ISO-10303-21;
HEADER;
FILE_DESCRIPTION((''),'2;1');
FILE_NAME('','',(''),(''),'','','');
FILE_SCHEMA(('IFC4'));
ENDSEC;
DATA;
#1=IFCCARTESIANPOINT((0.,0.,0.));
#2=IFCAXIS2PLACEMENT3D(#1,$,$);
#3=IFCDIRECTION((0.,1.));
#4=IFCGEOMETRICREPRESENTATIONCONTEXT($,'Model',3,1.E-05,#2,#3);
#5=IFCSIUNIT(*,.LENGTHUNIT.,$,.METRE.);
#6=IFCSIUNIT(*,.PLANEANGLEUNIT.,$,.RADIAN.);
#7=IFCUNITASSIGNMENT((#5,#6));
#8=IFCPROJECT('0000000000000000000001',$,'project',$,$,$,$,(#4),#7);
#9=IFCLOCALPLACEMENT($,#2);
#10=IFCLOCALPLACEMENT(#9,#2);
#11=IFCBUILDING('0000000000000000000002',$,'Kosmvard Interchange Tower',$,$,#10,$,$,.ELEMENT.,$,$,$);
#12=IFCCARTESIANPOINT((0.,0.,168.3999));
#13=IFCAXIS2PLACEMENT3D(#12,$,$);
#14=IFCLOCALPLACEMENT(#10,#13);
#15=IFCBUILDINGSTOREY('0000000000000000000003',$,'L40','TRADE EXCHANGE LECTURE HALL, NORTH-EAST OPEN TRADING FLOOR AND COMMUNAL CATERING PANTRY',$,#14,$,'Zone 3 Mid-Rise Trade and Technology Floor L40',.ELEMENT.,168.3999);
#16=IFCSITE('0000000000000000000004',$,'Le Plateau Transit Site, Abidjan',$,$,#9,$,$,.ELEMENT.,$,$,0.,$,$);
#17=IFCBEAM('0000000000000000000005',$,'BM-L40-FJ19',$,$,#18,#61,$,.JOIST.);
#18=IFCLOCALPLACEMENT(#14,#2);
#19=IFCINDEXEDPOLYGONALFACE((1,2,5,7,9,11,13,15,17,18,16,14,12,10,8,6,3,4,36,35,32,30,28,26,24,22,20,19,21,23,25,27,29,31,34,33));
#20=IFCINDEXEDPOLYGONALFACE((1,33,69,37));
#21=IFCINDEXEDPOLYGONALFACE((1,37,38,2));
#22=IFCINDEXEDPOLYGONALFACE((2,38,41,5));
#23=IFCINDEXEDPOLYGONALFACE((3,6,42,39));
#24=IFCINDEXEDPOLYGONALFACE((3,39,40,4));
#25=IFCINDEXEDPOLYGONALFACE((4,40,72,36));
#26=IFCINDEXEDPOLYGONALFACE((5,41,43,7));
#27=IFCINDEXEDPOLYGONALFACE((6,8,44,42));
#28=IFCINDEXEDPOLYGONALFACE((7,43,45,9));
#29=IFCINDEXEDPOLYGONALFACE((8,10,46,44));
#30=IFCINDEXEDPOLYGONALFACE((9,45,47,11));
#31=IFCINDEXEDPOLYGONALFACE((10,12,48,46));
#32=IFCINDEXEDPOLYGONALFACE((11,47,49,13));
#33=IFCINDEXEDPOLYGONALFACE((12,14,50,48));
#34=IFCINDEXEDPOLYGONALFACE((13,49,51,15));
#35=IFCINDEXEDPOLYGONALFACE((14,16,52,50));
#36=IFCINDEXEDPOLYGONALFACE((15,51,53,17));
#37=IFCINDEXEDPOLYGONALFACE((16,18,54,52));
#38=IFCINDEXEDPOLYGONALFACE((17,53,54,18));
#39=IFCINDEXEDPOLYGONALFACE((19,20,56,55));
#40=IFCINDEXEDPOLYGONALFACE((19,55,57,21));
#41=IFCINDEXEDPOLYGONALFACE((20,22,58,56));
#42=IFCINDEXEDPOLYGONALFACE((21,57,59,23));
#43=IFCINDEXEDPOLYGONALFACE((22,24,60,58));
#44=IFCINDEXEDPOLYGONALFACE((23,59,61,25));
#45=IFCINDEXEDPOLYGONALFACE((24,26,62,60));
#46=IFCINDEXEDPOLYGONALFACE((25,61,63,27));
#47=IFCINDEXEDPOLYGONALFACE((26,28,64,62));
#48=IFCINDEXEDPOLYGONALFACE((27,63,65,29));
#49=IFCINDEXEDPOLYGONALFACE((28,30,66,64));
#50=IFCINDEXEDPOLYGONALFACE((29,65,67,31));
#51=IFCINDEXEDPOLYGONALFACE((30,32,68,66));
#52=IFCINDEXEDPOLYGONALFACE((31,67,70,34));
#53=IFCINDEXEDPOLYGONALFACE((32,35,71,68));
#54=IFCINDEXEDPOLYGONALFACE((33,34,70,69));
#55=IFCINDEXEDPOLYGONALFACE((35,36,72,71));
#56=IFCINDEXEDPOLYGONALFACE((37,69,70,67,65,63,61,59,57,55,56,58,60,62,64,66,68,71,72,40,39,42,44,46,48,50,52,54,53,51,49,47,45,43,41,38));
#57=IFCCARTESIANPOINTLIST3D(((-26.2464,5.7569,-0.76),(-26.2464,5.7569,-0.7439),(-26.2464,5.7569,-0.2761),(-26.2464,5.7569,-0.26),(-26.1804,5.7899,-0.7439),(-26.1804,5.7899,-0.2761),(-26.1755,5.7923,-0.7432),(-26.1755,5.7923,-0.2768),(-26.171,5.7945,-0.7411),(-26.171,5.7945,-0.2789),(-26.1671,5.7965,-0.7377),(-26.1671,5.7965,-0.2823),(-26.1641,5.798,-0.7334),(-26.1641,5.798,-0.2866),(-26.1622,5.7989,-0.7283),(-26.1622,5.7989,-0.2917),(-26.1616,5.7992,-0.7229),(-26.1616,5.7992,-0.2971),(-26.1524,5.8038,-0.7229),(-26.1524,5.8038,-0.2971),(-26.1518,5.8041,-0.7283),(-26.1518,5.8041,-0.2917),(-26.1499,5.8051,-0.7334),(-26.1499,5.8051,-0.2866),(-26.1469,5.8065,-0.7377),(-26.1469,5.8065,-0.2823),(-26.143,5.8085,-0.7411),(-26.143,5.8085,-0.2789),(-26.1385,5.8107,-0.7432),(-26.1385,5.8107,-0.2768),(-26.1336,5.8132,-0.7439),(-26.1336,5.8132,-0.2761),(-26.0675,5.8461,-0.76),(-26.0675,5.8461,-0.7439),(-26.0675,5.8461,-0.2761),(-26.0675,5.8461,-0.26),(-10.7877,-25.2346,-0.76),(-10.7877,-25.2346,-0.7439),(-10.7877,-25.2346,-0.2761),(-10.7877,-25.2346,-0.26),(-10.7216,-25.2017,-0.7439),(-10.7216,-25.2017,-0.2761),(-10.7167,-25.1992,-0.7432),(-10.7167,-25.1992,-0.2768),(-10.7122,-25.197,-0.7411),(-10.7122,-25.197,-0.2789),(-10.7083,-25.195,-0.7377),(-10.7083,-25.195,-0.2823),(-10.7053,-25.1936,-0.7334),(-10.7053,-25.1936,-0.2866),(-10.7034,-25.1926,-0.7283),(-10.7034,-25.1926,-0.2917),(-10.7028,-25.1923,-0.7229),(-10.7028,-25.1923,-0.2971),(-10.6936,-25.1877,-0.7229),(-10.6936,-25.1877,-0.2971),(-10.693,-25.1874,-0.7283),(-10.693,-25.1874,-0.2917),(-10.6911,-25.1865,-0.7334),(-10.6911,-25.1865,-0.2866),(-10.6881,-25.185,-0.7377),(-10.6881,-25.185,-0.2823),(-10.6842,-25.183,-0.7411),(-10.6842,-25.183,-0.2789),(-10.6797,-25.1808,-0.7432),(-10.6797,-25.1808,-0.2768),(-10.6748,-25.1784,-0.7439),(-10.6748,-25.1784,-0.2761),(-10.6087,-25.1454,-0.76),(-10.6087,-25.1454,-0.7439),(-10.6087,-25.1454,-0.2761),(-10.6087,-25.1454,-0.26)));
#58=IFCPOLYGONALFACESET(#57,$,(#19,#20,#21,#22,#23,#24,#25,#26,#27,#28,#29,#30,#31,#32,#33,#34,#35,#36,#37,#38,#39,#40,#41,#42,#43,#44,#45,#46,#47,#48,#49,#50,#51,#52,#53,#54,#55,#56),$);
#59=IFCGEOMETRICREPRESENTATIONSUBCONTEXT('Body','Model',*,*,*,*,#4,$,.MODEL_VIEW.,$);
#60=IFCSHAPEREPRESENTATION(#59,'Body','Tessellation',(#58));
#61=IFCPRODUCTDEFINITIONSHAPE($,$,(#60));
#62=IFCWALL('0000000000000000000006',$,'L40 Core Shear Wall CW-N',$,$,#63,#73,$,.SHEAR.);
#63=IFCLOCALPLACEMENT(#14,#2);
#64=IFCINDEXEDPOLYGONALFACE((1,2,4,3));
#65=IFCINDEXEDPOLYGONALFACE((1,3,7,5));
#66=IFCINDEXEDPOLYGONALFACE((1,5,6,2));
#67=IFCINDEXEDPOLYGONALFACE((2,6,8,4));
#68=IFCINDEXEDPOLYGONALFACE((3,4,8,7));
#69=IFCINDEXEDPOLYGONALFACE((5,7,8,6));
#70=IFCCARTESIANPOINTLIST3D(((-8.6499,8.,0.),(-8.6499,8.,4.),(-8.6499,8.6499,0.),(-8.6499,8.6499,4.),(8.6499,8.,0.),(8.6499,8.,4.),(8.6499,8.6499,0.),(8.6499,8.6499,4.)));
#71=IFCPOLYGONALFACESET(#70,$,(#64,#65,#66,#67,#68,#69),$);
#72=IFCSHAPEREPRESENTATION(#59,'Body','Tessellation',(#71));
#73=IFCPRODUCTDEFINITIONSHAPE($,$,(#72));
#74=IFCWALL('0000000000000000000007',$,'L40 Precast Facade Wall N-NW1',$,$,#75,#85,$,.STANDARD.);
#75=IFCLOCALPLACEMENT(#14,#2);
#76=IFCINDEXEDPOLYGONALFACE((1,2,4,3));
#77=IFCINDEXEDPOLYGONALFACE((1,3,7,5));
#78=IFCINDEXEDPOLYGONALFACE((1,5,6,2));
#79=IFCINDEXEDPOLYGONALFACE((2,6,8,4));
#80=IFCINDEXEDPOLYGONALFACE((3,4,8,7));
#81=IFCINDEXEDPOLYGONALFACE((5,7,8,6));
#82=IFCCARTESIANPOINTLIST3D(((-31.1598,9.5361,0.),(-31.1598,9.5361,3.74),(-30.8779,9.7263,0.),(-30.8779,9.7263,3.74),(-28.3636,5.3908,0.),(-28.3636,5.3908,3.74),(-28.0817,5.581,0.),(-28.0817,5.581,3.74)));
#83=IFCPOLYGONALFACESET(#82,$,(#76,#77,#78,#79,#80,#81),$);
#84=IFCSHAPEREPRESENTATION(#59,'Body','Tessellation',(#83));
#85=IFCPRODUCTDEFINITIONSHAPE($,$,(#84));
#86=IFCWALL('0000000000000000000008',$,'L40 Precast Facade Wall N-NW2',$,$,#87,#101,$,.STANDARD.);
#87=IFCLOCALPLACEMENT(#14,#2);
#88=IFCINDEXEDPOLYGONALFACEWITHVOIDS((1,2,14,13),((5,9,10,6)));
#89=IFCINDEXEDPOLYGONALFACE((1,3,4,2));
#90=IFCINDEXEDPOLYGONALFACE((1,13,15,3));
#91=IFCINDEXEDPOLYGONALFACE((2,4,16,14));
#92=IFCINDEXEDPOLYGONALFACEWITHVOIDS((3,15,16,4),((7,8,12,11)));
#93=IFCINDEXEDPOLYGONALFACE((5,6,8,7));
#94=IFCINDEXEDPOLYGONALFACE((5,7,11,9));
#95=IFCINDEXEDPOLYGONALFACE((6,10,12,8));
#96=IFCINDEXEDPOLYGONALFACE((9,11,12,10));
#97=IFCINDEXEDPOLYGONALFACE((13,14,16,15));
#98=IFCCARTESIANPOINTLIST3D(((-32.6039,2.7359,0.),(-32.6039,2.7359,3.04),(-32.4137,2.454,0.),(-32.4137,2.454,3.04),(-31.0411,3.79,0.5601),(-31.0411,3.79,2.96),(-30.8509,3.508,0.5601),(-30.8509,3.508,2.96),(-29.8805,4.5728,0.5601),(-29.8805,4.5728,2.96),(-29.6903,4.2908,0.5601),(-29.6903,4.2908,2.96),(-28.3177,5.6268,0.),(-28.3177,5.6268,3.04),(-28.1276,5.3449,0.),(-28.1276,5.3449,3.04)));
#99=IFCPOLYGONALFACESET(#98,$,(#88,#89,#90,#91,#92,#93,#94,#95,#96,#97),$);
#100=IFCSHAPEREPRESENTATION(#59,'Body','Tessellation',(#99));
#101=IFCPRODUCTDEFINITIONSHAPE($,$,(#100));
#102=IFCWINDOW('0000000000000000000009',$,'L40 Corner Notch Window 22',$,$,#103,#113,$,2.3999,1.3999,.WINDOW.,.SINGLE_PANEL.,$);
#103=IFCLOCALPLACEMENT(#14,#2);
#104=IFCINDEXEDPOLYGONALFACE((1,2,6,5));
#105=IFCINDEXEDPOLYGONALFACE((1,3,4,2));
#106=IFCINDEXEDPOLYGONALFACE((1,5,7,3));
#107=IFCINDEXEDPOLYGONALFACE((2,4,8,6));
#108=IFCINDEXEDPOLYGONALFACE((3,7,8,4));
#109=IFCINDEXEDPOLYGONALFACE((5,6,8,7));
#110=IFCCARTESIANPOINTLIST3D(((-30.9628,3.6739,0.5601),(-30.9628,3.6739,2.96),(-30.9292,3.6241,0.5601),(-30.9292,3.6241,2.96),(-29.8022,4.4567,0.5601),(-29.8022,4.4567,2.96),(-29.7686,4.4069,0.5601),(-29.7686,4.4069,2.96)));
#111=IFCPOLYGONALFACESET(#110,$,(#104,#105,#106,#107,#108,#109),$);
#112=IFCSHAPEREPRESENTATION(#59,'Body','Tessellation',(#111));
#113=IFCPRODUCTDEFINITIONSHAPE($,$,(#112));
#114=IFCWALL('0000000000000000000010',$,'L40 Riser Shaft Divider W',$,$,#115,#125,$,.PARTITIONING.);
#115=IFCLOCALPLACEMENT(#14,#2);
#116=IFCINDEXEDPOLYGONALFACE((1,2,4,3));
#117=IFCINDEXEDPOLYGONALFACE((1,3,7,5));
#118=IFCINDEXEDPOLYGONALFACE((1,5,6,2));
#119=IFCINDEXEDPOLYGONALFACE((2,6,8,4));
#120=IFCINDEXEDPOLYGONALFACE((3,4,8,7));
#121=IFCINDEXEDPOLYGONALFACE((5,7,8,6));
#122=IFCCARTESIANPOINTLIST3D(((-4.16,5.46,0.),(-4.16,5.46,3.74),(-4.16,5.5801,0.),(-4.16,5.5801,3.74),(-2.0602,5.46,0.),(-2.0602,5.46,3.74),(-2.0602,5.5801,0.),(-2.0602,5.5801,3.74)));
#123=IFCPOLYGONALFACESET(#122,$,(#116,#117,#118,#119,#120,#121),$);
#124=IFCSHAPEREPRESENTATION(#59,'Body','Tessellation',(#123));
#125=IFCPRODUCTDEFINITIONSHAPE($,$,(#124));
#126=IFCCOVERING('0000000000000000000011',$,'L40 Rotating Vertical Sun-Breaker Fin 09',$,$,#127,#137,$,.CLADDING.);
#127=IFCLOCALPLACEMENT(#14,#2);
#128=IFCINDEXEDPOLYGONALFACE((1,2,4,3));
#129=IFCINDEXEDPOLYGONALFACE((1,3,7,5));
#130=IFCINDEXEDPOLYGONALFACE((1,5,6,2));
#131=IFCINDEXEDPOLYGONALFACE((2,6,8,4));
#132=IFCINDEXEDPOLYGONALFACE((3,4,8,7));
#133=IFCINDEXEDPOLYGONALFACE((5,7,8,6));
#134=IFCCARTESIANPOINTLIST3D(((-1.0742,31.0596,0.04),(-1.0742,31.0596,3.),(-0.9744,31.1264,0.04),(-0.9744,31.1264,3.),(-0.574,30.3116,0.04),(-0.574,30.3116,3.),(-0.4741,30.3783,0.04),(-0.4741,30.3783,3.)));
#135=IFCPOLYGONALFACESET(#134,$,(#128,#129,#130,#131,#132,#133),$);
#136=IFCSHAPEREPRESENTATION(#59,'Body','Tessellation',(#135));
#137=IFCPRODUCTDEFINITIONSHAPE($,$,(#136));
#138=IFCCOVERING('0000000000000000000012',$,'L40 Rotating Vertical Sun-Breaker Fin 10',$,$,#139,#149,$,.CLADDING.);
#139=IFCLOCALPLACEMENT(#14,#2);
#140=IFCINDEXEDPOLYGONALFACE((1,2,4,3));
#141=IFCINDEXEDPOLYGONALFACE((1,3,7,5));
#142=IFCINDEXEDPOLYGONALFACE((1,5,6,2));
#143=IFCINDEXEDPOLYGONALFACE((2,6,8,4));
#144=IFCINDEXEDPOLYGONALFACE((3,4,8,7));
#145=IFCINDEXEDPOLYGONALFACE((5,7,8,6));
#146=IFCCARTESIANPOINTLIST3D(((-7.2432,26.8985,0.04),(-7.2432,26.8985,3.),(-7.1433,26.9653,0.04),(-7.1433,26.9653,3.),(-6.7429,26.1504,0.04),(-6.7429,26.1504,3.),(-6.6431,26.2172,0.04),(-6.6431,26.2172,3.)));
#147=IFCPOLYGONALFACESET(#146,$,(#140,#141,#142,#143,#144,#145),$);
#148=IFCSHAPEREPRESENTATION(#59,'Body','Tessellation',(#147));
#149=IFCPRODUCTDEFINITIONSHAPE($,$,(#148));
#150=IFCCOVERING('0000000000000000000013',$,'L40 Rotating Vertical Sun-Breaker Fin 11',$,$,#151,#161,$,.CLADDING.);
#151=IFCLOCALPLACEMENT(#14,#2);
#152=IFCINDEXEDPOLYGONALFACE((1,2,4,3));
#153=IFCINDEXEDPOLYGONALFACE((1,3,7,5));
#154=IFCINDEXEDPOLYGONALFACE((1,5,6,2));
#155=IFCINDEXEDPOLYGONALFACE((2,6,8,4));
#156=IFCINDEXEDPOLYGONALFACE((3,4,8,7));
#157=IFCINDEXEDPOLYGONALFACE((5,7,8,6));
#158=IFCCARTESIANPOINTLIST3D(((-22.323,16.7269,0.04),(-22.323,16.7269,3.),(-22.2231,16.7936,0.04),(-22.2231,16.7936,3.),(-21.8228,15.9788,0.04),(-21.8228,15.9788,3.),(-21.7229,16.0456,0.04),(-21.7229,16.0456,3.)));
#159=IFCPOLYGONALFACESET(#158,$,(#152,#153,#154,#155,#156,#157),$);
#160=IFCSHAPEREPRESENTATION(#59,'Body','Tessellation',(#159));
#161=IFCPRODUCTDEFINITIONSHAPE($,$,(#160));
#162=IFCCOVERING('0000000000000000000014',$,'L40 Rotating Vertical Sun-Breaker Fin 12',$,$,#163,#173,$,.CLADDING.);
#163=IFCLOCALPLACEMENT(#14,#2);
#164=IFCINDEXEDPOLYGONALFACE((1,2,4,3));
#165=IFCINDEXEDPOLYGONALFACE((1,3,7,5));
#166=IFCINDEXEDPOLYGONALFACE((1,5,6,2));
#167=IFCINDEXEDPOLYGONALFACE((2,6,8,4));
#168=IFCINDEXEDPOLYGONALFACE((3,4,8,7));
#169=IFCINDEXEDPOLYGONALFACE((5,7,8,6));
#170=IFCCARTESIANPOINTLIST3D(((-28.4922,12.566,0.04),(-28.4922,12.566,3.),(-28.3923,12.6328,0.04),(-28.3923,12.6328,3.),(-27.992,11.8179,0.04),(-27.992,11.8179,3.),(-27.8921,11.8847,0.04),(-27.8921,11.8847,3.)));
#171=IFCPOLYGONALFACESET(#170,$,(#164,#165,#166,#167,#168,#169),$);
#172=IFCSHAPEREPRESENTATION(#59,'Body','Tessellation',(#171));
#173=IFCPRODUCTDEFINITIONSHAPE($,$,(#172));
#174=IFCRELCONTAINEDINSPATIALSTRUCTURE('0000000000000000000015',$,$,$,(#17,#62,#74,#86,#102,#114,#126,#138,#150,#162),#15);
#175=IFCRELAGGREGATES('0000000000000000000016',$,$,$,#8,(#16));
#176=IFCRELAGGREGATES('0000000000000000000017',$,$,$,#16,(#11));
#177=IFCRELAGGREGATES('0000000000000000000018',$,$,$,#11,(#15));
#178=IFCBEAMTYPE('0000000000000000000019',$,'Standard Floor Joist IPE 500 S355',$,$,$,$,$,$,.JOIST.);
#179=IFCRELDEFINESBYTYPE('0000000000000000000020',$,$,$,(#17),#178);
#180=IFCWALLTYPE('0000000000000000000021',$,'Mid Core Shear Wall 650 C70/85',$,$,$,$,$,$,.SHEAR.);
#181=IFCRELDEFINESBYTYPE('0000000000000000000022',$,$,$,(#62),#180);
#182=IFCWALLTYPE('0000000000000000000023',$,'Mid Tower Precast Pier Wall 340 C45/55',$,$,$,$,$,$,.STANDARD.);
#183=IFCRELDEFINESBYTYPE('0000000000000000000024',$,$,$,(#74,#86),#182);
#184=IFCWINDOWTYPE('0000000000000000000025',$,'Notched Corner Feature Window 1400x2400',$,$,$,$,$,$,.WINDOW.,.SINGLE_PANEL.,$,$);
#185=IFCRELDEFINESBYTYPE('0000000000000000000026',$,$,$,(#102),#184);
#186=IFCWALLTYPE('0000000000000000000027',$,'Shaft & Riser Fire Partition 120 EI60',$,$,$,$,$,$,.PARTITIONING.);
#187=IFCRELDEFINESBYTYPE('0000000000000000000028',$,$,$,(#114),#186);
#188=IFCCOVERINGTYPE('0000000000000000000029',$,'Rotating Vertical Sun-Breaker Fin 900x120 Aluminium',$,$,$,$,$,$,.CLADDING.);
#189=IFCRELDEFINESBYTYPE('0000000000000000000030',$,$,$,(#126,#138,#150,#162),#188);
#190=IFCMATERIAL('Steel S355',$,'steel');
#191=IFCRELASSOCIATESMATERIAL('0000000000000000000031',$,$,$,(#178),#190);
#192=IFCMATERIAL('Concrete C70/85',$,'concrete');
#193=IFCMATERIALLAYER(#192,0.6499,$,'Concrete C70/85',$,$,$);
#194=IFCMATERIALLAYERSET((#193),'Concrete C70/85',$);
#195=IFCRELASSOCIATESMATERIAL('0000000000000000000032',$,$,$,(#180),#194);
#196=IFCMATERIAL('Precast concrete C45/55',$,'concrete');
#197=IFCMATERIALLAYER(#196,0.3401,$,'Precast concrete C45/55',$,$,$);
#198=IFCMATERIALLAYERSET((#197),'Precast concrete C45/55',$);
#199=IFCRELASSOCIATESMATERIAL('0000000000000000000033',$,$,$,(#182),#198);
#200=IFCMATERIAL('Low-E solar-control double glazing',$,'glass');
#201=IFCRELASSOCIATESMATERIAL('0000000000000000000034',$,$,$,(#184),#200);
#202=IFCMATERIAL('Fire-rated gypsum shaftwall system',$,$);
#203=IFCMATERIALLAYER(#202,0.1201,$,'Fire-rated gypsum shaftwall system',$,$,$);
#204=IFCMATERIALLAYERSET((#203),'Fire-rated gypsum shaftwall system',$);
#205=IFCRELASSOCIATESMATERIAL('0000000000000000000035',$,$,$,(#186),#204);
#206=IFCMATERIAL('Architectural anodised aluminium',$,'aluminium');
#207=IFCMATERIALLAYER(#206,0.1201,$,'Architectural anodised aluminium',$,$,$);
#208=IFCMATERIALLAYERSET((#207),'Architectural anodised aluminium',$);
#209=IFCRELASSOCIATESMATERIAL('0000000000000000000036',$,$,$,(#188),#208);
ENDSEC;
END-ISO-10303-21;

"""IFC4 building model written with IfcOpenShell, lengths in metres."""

from ifc_helpers import new_model, si_unit, direction, frame, frame_2d, origin, origin_2d, place, context, subcontext, project, spatial, rectangle, i_section, extrude, source, transform, mapped, material, layer, layer_set, material_profile, profile_set, type_object, element, fill, save


model = new_model("IFC4")

# Units and contexts
model_context = context("Model", 3, precision=1e-05, world=origin(), true_north=direction((0.0, 1.0)))
body_context = subcontext(model_context, "Body", "Model", "MODEL_VIEW")
ifc_project = project(units=[si_unit("LENGTHUNIT", "METRE"), si_unit("PLANEANGLEUNIT", "RADIAN")], contexts=[model_context])

# Site, building, storey
site_placement = place(None, origin())
site = spatial("IfcSite", under=ifc_project, at=site_placement, Name="Le Plateau Transit Site, Abidjan", CompositionType="ELEMENT", RefElevation=0.0)
building_placement = place(site_placement, origin())
building = spatial("IfcBuilding", under=site, at=building_placement, Name="Kosmvard Interchange Tower", CompositionType="ELEMENT")
storey_placement = place(building_placement, frame((0.0, 0.0, 168.3999)))
storey = spatial("IfcBuildingStorey", under=building, at=storey_placement, Name="L40", Description="TRADE EXCHANGE LECTURE HALL, NORTH-EAST OPEN TRADING FLOOR AND COMMUNAL CATERING PANTRY", LongName="Zone 3 Mid-Rise Trade and Technology Floor L40", CompositionType="ELEMENT", Elevation=168.3999)

# Beam
ifc_material_1 = material(Name="Steel S355", Category="steel")
ifc_material_2 = material(Name="Precast concrete C45/55", Category="concrete")
ifc_material_profile_1 = material_profile(ifc_material_1, i_section(OverallWidth=0.2, OverallDepth=0.5, WebThickness=0.0103, FlangeThickness=0.0161, FilletRadius=0.021, at=origin_2d()), Name="IPE 500")
ifc_profile_set_1 = profile_set([ifc_material_profile_1], Name="Steel S355")
beam_type_1 = type_object("IfcBeamType", Name="Standard Floor Joist IPE 500 S355", PredefinedType="JOIST", material=ifc_profile_set_1)
shared_shape_1 = source(origin(), body_context, "Body", "SweptSolid", [
    extrude(i_section(OverallWidth=0.2, OverallDepth=0.5, WebThickness=0.0103, FlangeThickness=0.0161, FilletRadius=0.021, at=origin_2d()), origin(), (0.0, 0.0, 1.0), 34.6331),
])
beam_1_placement = place(storey_placement, frame((-26.157, 5.8015, -0.51), z_axis=(0.446359, -0.894854, 0.0), x_axis=(0.894854, 0.446359, 0.0)))
element("IfcBeam", 1, at=beam_1_placement, inside=storey, type_object=beam_type_1, Name="BM-L40-FJ19", PredefinedType="JOIST", context=body_context, shape_type="MappedRepresentation", body=[
    mapped(shared_shape_1, transform((0.0, 0.0, 0.0), scale=1.0)),
])

# Walls
ifc_material_3 = material(Name="Concrete C70/85", Category="concrete")
ifc_layer_1 = layer(ifc_material_3, 0.6499, Name="Concrete C70/85")
ifc_layer_set_1 = layer_set([ifc_layer_1], Name="Concrete C70/85")
wall_type_1 = type_object("IfcWallType", Name="Mid Core Shear Wall 650 C70/85", PredefinedType="SHEAR", material=ifc_layer_set_1)
wall_1_placement = place(storey_placement, frame((-8.6499, 8.325, 0.0), z_axis=(0.0, 0.0, 1.0), x_axis=(1.0, 0.0, 0.0)))
element("IfcWall", 2, at=wall_1_placement, inside=storey, type_object=wall_type_1, Name="L40 Core Shear Wall CW-N", PredefinedType="SHEAR", context=body_context, shape_type="SweptSolid", body=[
    extrude(rectangle(XDim=17.2998, YDim=0.6499, at=frame_2d((8.6499, 0.0))), origin(), (0.0, 0.0, 1.0), 4.0),
])
ifc_layer_2 = layer(ifc_material_2, 0.3401, Name="Precast concrete C45/55")
ifc_layer_set_2 = layer_set([ifc_layer_2], Name="Precast concrete C45/55")
wall_type_2 = type_object("IfcWallType", Name="Mid Tower Precast Pier Wall 340 C45/55", PredefinedType="STANDARD", material=ifc_layer_set_2)
wall_2_placement = place(storey_placement, frame((-31.0188, 9.6311, 0.0), z_axis=(0.0, 0.0, 1.0), x_axis=(0.55921, -0.829026, 0.0)))
element("IfcWall", 3, at=wall_2_placement, inside=storey, type_object=wall_type_2, Name="L40 Precast Facade Wall N-NW1", PredefinedType="STANDARD", context=body_context, shape_type="SweptSolid", body=[
    extrude(rectangle(XDim=5.0002, YDim=0.3401, at=frame_2d((2.5, 0.0))), origin(), (0.0, 0.0, 1.0), 3.74),
])

# Wall, opening, window
wall_3_placement = place(storey_placement, frame((-28.2227, 5.4858, 0.0), z_axis=(0.0, 0.0, 1.0), x_axis=(-0.829052, -0.559171, 0.0)))
wall_3 = element("IfcWall", 4, at=wall_3_placement, inside=storey, type_object=wall_type_2, Name="L40 Precast Facade Wall N-NW2", PredefinedType="STANDARD", context=body_context, shape_type="SweptSolid", body=[
    extrude(rectangle(XDim=5.1699, YDim=0.3401, at=frame_2d((2.585, 0.0))), origin(), (0.0, 0.0, 1.0), 3.04),
])
opening_placement = place(wall_3_placement, frame((1.885, 0.0, 0.5601)))
opening = element("IfcOpeningElement", 5, at=opening_placement, cuts=wall_3, PredefinedType="OPENING", context=body_context, shape_type="SweptSolid", body=[
    extrude(rectangle(XDim=1.3999, YDim=2.3999, at=frame_2d((0.7, 1.2))), frame((0.0, 0.1802, 0.0), z_axis=(0.0, -1.0, 0.0), x_axis=(1.0, 0.0, 0.0)), (0.0, 0.0, 1.0), 0.3601),
])
ifc_material_4 = material(Name="Low-E solar-control double glazing", Category="glass")
window_type = type_object("IfcWindowType", Name="Notched Corner Feature Window 1400x2400", PartitioningType="SINGLE_PANEL", PredefinedType="WINDOW", material=ifc_material_4)
shared_shape_2 = source(origin(), body_context, "Body", "SweptSolid", [
    extrude(rectangle(XDim=1.3999, YDim=2.3999, at=frame_2d((0.7, 1.2))), frame((0.0, 0.03, 0.0), z_axis=(0.0, -1.0, 0.0), x_axis=(1.0, 0.0, 0.0)), (0.0, 0.0, 1.0), 0.0601),
])
window_placement = place(opening_placement, origin())
window = element("IfcWindow", 6, at=window_placement, inside=storey, type_object=window_type, Name="L40 Corner Notch Window 22", OverallHeight=2.3999, OverallWidth=1.3999, PartitioningType="SINGLE_PANEL", PredefinedType="WINDOW", context=body_context, shape_type="MappedRepresentation", body=[
    mapped(shared_shape_2, transform((0.0, 0.0, 0.0), scale=1.0)),
])
fill(opening, window)

# Wall
ifc_material_5 = material(Name="Fire-rated gypsum shaftwall system")
ifc_layer_3 = layer(ifc_material_5, 0.1201, Name="Fire-rated gypsum shaftwall system")
ifc_layer_set_3 = layer_set([ifc_layer_3], Name="Fire-rated gypsum shaftwall system")
wall_type_3 = type_object("IfcWallType", Name="Shaft & Riser Fire Partition 120 EI60", PredefinedType="PARTITIONING", material=ifc_layer_set_3)
wall_4_placement = place(storey_placement, frame((-4.1599, 5.52, 0.0), z_axis=(0.0, 0.0, 1.0), x_axis=(1.0, 0.0, 0.0)))
element("IfcWall", 7, at=wall_4_placement, inside=storey, type_object=wall_type_3, Name="L40 Riser Shaft Divider W", PredefinedType="PARTITIONING", context=body_context, shape_type="SweptSolid", body=[
    extrude(rectangle(XDim=2.0999, YDim=0.1201, at=frame_2d((1.0498, 0.0))), origin(), (0.0, 0.0, 1.0), 3.74),
])

# Coverings
ifc_material_6 = material(Name="Architectural anodised aluminium", Category="aluminium")
ifc_layer_4 = layer(ifc_material_6, 0.1201, Name="Architectural anodised aluminium")
ifc_layer_set_4 = layer_set([ifc_layer_4], Name="Architectural anodised aluminium")
covering_type = type_object("IfcCoveringType", Name="Rotating Vertical Sun-Breaker Fin 900x120 Aluminium", PredefinedType="CLADDING", material=ifc_layer_set_4)
shared_shape_3 = source(origin(), body_context, "Body", "SweptSolid", [
    extrude(rectangle(XDim=0.8999, YDim=0.1201, at=origin_2d()), origin(), (0.0, 0.0, 1.0), 2.96),
])
for number, where, z_axis, x_axis, name in (
    (8, (-0.7742, 30.719, 0.04), (0.0, 0.0, 1.0), (-0.55586, 0.831276, 0.0), "L40 Rotating Vertical Sun-Breaker Fin 09"),
    (9, (-6.9431, 26.5579, 0.04), (0.0, 0.0, 1.0), (-0.55586, 0.831276, 0.0), "L40 Rotating Vertical Sun-Breaker Fin 10"),
    (10, (-22.0229, 16.3862, 0.04), (0.0, 0.0, 1.0), (-0.55586, 0.831276, 0.0), "L40 Rotating Vertical Sun-Breaker Fin 11"),
    (11, (-28.1921, 12.2253, 0.04), (0.0, 0.0, 1.0), (-0.55586, 0.831276, 0.0), "L40 Rotating Vertical Sun-Breaker Fin 12"),
):
    element("IfcCovering", number, at=place(storey_placement, frame(where, z_axis=z_axis, x_axis=x_axis)), inside=storey, type_object=covering_type, Name=name, PredefinedType="CLADDING", context=body_context, shape_type="MappedRepresentation", body=[
        mapped(shared_shape_3, transform((0.0, 0.0, 0.0), scale=1.0)),
    ])

save(model, "model.ifc")
